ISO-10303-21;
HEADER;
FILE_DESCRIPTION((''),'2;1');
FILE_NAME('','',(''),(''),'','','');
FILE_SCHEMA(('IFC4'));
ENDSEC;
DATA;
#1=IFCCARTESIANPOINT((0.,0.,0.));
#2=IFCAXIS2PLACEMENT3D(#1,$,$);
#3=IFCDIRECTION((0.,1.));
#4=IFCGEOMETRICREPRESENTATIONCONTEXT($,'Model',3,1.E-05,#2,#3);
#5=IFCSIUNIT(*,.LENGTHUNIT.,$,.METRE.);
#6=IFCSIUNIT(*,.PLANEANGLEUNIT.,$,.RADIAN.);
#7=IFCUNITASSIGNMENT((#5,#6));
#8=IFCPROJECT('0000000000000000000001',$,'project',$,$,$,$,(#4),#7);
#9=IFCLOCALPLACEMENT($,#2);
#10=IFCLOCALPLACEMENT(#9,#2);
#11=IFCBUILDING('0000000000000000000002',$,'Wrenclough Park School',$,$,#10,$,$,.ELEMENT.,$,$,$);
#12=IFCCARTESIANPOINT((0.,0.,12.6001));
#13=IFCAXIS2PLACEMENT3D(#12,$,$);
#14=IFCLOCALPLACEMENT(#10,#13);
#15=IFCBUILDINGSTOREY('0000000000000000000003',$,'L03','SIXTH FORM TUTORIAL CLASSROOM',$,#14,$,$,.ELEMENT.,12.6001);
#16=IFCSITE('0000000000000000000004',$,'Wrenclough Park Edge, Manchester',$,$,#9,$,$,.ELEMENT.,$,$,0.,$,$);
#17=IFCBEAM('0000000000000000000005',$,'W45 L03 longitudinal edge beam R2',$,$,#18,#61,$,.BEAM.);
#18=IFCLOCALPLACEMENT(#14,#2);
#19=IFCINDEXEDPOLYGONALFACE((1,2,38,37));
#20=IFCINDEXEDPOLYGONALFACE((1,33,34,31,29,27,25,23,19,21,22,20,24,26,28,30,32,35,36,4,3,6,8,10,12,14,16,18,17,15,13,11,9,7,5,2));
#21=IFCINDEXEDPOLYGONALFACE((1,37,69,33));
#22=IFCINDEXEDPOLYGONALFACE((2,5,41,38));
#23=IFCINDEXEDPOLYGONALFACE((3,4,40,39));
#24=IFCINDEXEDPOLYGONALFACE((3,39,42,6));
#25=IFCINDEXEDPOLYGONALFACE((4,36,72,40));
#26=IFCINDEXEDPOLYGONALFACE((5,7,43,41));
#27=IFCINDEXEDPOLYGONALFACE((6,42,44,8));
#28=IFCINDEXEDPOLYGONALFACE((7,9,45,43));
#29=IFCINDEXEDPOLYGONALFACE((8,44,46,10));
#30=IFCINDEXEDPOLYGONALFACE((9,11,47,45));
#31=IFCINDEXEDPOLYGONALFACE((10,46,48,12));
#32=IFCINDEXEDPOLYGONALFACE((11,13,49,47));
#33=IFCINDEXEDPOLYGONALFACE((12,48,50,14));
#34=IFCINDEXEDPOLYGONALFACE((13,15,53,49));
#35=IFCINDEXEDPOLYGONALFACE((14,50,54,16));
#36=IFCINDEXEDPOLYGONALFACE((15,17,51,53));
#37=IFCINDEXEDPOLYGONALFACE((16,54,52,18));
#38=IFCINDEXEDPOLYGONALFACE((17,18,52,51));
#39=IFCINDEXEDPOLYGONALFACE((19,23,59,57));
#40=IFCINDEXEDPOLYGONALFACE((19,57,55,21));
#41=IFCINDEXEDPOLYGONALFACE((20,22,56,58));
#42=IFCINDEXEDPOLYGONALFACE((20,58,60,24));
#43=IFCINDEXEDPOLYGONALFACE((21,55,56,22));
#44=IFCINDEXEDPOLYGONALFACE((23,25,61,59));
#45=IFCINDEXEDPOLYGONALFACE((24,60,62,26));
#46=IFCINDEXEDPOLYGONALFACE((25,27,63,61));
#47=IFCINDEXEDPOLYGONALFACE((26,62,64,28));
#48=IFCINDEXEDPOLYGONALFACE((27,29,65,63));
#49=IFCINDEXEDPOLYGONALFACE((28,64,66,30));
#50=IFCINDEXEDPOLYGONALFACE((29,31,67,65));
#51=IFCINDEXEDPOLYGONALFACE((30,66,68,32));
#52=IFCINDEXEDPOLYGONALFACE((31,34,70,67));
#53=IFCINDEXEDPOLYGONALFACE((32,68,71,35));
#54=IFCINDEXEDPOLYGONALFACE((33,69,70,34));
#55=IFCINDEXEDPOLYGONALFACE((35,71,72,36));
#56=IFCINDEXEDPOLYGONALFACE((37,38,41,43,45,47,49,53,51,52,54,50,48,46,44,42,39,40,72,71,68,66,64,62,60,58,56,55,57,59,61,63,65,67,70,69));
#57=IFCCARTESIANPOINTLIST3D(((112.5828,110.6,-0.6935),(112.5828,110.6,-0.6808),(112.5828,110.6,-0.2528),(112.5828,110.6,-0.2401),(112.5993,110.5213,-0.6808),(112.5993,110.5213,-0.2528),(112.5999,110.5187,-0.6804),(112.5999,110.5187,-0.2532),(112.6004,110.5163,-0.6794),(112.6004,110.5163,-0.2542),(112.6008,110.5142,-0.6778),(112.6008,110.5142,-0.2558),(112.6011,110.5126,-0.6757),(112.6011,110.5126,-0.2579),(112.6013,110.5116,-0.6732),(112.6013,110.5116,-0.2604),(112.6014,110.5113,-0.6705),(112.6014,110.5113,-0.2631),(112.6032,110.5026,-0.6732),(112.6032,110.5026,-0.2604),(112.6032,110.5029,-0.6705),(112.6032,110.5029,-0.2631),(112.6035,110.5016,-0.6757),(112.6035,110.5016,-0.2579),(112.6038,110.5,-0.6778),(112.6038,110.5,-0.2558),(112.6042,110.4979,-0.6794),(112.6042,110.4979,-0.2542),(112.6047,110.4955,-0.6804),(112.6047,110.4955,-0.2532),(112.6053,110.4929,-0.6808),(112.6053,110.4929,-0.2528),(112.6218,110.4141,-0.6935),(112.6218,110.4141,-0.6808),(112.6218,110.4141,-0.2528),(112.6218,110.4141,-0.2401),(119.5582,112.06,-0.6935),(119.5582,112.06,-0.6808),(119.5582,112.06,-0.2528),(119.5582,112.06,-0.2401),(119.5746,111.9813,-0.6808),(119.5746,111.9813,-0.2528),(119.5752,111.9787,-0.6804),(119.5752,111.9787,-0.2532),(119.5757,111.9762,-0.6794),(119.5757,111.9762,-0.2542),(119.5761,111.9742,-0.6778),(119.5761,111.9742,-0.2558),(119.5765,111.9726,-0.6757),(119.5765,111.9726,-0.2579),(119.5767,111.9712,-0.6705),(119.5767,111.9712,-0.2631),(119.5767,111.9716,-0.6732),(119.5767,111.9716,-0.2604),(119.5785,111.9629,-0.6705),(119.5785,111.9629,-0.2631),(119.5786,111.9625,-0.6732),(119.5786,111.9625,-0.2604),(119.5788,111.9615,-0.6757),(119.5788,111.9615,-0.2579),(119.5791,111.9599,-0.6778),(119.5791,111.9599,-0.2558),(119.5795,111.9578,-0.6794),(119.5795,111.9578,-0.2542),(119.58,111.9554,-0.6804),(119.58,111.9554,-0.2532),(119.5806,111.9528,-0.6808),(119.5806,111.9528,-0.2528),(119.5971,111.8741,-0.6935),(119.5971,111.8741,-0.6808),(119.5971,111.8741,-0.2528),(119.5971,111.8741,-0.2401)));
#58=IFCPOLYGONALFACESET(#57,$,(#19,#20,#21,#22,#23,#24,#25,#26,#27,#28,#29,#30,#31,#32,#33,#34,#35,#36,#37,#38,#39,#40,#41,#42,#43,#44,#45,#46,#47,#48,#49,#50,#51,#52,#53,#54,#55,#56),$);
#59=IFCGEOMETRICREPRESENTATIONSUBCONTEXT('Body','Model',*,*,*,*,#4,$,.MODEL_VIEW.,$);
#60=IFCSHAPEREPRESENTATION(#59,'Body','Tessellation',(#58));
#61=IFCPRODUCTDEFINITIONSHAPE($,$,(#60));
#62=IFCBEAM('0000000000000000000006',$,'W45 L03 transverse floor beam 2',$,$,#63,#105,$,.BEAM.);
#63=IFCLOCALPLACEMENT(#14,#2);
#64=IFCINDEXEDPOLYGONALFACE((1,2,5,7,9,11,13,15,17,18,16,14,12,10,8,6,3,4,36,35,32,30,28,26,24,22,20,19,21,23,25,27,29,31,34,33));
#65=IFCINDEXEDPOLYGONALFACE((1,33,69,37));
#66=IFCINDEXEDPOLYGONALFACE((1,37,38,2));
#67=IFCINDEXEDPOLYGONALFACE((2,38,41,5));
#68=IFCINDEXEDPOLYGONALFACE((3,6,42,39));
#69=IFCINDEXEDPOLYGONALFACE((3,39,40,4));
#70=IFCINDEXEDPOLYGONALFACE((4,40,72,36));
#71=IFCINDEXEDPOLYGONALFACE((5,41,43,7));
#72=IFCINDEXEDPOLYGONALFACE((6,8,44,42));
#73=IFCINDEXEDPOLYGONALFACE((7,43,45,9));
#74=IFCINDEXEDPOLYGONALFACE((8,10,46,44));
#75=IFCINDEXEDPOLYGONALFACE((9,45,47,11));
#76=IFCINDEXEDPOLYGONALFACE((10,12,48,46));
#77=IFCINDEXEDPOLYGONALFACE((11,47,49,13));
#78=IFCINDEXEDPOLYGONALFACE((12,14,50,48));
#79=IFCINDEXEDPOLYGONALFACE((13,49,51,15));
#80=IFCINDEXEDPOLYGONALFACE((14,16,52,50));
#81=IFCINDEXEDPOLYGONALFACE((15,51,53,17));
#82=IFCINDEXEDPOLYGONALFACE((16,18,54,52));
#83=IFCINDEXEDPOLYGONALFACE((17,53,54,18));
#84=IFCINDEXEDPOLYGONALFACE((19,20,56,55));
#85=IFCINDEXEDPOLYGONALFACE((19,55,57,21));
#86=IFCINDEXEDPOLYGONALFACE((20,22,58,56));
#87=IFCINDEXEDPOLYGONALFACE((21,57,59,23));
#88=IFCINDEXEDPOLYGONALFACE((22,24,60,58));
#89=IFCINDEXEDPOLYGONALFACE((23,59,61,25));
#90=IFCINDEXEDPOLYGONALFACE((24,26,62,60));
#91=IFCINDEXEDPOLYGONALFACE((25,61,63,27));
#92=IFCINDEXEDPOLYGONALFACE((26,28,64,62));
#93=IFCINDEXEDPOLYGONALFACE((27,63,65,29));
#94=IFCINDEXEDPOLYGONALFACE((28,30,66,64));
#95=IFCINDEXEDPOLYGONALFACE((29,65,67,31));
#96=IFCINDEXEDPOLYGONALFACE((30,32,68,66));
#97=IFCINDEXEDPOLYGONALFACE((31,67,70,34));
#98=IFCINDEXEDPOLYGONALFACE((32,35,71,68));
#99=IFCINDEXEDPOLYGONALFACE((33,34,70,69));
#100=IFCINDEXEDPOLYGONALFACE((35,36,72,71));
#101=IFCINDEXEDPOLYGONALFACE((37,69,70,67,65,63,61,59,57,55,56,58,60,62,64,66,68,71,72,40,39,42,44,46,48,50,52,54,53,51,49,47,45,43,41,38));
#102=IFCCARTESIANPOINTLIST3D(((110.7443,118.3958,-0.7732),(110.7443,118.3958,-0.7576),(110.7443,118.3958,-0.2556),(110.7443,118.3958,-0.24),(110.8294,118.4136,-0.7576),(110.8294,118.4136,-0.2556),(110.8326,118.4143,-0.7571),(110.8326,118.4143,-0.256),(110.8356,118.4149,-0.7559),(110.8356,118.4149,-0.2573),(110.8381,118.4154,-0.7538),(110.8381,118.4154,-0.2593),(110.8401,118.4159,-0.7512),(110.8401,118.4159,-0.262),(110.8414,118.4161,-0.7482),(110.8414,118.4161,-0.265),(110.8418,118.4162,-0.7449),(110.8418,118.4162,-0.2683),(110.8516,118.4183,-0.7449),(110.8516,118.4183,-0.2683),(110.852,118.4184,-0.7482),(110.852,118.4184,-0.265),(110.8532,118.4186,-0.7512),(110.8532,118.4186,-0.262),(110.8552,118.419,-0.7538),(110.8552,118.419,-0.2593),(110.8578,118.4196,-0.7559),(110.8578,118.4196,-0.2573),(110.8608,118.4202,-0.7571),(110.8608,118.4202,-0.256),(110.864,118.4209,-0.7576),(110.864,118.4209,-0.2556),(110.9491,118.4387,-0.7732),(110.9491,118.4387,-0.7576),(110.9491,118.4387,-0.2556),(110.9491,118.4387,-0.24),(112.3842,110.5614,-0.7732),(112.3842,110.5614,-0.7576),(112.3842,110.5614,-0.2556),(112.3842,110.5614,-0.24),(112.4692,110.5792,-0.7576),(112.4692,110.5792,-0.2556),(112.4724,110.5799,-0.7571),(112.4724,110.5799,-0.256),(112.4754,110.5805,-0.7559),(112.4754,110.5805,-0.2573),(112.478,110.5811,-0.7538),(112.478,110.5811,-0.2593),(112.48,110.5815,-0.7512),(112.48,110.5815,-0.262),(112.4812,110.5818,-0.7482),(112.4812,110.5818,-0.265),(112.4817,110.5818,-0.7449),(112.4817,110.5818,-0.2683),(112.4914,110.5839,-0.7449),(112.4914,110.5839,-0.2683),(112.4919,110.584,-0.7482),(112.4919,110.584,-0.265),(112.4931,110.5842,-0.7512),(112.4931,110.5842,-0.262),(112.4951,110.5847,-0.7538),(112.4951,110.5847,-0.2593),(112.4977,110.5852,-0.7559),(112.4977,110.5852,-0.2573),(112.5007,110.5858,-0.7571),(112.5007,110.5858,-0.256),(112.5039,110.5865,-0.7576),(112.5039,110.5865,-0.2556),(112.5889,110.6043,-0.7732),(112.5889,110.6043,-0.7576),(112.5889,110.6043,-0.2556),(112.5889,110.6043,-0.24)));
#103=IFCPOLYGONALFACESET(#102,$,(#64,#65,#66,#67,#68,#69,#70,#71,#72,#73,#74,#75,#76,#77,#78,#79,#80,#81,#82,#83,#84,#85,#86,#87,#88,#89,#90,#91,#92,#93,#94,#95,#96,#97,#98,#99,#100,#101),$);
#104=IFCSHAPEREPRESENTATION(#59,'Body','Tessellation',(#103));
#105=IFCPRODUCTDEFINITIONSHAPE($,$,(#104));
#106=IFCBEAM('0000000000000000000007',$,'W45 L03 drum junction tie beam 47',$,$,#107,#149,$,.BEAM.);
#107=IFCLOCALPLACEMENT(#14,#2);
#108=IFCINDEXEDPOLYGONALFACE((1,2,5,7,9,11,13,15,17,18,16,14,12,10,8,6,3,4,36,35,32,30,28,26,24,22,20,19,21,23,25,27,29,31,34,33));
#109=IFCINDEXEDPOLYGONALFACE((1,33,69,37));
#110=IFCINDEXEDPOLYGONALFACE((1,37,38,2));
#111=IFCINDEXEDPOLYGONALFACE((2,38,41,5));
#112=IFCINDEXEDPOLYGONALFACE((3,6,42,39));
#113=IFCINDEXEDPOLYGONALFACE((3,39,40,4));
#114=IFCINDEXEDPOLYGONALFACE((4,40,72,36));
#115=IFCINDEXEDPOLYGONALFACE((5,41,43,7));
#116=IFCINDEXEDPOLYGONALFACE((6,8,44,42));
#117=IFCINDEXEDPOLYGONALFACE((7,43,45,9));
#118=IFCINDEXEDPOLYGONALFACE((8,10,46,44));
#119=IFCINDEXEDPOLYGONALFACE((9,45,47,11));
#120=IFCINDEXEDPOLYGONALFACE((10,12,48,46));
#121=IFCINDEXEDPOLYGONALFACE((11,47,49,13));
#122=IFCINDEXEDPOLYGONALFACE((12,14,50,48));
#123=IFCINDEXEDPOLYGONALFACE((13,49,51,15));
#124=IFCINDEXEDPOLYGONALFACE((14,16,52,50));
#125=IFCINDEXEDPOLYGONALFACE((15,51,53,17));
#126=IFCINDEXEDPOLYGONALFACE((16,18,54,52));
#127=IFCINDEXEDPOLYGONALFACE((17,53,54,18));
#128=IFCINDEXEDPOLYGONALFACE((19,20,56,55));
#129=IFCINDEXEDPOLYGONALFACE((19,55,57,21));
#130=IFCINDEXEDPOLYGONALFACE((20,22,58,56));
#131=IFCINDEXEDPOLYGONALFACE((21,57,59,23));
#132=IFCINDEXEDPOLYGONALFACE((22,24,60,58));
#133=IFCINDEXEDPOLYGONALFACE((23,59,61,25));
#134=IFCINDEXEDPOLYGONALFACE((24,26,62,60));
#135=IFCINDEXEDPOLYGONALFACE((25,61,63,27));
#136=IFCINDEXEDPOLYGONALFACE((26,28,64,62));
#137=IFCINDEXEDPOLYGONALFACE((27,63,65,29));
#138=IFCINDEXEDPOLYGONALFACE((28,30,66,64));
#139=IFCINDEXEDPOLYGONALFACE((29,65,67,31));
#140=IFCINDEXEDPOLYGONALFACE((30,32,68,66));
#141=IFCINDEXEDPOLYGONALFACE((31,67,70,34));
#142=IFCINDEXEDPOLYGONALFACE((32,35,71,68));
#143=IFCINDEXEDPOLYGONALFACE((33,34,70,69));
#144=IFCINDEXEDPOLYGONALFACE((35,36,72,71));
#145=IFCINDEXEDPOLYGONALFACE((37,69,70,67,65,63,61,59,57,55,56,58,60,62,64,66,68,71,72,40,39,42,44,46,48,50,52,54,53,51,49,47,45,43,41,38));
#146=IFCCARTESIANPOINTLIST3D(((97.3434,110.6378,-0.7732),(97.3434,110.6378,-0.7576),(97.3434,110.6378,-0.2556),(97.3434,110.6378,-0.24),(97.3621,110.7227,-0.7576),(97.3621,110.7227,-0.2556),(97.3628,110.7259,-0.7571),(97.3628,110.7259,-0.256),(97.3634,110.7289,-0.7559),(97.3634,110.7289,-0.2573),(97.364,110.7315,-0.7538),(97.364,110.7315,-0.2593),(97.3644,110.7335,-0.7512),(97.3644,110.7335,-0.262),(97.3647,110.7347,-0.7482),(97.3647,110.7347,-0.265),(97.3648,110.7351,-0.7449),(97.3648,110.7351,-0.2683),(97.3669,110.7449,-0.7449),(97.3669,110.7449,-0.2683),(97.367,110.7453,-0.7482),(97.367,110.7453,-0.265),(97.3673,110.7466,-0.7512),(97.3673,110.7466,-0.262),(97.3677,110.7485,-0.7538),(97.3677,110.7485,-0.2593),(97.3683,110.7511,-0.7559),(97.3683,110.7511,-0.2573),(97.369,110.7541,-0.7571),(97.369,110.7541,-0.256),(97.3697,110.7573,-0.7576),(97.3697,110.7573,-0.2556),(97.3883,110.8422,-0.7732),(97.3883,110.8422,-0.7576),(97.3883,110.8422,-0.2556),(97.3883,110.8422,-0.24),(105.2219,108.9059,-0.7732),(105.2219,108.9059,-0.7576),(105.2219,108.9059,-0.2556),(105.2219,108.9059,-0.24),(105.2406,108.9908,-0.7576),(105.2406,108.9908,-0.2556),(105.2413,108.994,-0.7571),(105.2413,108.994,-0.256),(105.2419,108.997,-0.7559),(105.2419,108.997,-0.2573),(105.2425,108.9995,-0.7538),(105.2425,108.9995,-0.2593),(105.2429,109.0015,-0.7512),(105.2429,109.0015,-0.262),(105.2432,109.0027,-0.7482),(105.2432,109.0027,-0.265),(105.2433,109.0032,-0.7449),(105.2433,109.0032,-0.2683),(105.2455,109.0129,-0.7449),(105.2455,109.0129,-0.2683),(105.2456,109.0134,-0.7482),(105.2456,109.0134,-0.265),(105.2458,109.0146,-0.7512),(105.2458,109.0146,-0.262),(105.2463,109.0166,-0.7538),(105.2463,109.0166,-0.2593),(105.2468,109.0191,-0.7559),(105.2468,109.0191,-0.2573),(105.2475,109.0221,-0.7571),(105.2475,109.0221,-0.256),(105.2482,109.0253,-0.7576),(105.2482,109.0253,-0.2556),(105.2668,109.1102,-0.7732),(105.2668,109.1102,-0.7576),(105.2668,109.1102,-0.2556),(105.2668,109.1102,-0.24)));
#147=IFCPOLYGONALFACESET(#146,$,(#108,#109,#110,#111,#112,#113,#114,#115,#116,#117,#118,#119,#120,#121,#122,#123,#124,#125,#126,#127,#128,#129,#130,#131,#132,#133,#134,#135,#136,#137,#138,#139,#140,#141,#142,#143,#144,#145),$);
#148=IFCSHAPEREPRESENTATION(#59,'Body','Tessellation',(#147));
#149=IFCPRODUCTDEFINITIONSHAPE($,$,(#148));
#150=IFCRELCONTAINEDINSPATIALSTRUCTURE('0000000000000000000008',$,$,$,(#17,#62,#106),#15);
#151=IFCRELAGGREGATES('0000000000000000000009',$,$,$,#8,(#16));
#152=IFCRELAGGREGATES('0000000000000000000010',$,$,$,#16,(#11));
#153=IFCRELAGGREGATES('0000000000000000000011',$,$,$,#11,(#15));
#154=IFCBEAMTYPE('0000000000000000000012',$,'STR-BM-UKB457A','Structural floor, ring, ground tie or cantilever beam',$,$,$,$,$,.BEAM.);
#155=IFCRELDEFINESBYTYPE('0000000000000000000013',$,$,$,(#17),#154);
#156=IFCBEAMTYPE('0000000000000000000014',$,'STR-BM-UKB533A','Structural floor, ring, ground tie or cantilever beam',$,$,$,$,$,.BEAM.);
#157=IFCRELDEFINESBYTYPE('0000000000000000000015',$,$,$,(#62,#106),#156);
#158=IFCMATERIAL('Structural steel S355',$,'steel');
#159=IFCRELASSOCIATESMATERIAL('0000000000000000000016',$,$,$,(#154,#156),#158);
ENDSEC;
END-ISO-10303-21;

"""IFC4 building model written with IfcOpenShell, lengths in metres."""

from ifc_helpers import new_model, si_unit, direction, frame, origin, origin_2d, place, context, subcontext, project, spatial, i_section, extrude, material, material_profile, profile_set, type_object, element, save


model = new_model("IFC4")

# Units and contexts
model_context = context("Model", 3, precision=1e-05, world=origin(), true_north=direction((0.0, 1.0)))
body_context = subcontext(model_context, "Body", "Model", "MODEL_VIEW")
ifc_project = project(units=[si_unit("LENGTHUNIT", "METRE"), si_unit("PLANEANGLEUNIT", "RADIAN")], contexts=[model_context])

# Site, building, storey
site_placement = place(None, origin())
site = spatial("IfcSite", under=ifc_project, at=site_placement, Name="Wrenclough Park Edge, Manchester", CompositionType="ELEMENT", RefElevation=0.0)
building_placement = place(site_placement, origin())
building = spatial("IfcBuilding", under=site, at=building_placement, Name="Wrenclough Park School", CompositionType="ELEMENT")
storey_placement = place(building_placement, frame((0.0, 0.0, 12.6001)))
storey = spatial("IfcBuildingStorey", under=building, at=storey_placement, Name="L03", Description="SIXTH FORM TUTORIAL CLASSROOM", CompositionType="ELEMENT", Elevation=12.6001)

# Shared definitions
ifc_material_1 = material(Name="Structural steel S355", Category="steel")

# Beams
ifc_material_profile_1 = material_profile(ifc_material_1, i_section(OverallWidth=0.1899, OverallDepth=0.4534, WebThickness=0.0085, FlangeThickness=0.0127, FilletRadius=0.0103, at=origin_2d()), Name="UKB 457x191x67")
ifc_profile_set_1 = profile_set([ifc_material_profile_1], Name="Structural steel S355")
beam_type_1 = type_object("IfcBeamType", Name="STR-BM-UKB457A", Description="Structural floor, ring, ground tie or cantilever beam", PredefinedType="BEAM", material=ifc_profile_set_1)
beam_1_placement = place(storey_placement, frame((112.6023, 110.5071, -0.4668), z_axis=(0.97879, 0.204864, 0.0), x_axis=(-0.204864, 0.97879, 0.0)))
element("IfcBeam", 1, at=beam_1_placement, inside=storey, type_object=beam_type_1, Name="W45 L03 longitudinal edge beam R2", PredefinedType="BEAM", context=body_context, shape_type="SweptSolid", body=[
    extrude(i_section(OverallWidth=0.1899, OverallDepth=0.4534, WebThickness=0.0085, FlangeThickness=0.0127, FilletRadius=0.0103, at=origin_2d()), origin(), (0.0, 0.0, 1.0), 7.1265),
])
ifc_material_profile_2 = material_profile(ifc_material_1, i_section(OverallWidth=0.2092, OverallDepth=0.5332, WebThickness=0.01, FlangeThickness=0.0156, FilletRadius=0.0127, at=origin_2d()), Name="UKB 533x210x92")
ifc_profile_set_2 = profile_set([ifc_material_profile_2], Name="Structural steel S355")
beam_type_2 = type_object("IfcBeamType", Name="STR-BM-UKB533A", Description="Structural floor, ring, ground tie or cantilever beam", PredefinedType="BEAM", material=ifc_profile_set_2)
beam_2_placement = place(storey_placement, frame((110.8467, 118.4172, -0.5066), z_axis=(0.204877, -0.978788, 0.0), x_axis=(0.978788, 0.204877, 0.0)))
element("IfcBeam", 2, at=beam_2_placement, inside=storey, type_object=beam_type_2, Name="W45 L03 transverse floor beam 2", PredefinedType="BEAM", context=body_context, shape_type="SweptSolid", body=[
    extrude(i_section(OverallWidth=0.2092, OverallDepth=0.5332, WebThickness=0.01, FlangeThickness=0.0156, FilletRadius=0.0127, at=origin_2d()), origin(), (0.0, 0.0, 1.0), 8.0042),
])
beam_3_placement = place(storey_placement, frame((105.2444, 109.0081, -0.5066), z_axis=(-0.976679, 0.214706, 0.0), x_axis=(-0.214706, -0.976679, 0.0)))
element("IfcBeam", 3, at=beam_3_placement, inside=storey, type_object=beam_type_2, Name="W45 L03 drum junction tie beam 47", PredefinedType="BEAM", context=body_context, shape_type="SweptSolid", body=[
    extrude(i_section(OverallWidth=0.2092, OverallDepth=0.5332, WebThickness=0.01, FlangeThickness=0.0156, FilletRadius=0.0127, at=origin_2d()), origin(), (0.0, 0.0, 1.0), 8.0667),
])

save(model, "model.ifc")
